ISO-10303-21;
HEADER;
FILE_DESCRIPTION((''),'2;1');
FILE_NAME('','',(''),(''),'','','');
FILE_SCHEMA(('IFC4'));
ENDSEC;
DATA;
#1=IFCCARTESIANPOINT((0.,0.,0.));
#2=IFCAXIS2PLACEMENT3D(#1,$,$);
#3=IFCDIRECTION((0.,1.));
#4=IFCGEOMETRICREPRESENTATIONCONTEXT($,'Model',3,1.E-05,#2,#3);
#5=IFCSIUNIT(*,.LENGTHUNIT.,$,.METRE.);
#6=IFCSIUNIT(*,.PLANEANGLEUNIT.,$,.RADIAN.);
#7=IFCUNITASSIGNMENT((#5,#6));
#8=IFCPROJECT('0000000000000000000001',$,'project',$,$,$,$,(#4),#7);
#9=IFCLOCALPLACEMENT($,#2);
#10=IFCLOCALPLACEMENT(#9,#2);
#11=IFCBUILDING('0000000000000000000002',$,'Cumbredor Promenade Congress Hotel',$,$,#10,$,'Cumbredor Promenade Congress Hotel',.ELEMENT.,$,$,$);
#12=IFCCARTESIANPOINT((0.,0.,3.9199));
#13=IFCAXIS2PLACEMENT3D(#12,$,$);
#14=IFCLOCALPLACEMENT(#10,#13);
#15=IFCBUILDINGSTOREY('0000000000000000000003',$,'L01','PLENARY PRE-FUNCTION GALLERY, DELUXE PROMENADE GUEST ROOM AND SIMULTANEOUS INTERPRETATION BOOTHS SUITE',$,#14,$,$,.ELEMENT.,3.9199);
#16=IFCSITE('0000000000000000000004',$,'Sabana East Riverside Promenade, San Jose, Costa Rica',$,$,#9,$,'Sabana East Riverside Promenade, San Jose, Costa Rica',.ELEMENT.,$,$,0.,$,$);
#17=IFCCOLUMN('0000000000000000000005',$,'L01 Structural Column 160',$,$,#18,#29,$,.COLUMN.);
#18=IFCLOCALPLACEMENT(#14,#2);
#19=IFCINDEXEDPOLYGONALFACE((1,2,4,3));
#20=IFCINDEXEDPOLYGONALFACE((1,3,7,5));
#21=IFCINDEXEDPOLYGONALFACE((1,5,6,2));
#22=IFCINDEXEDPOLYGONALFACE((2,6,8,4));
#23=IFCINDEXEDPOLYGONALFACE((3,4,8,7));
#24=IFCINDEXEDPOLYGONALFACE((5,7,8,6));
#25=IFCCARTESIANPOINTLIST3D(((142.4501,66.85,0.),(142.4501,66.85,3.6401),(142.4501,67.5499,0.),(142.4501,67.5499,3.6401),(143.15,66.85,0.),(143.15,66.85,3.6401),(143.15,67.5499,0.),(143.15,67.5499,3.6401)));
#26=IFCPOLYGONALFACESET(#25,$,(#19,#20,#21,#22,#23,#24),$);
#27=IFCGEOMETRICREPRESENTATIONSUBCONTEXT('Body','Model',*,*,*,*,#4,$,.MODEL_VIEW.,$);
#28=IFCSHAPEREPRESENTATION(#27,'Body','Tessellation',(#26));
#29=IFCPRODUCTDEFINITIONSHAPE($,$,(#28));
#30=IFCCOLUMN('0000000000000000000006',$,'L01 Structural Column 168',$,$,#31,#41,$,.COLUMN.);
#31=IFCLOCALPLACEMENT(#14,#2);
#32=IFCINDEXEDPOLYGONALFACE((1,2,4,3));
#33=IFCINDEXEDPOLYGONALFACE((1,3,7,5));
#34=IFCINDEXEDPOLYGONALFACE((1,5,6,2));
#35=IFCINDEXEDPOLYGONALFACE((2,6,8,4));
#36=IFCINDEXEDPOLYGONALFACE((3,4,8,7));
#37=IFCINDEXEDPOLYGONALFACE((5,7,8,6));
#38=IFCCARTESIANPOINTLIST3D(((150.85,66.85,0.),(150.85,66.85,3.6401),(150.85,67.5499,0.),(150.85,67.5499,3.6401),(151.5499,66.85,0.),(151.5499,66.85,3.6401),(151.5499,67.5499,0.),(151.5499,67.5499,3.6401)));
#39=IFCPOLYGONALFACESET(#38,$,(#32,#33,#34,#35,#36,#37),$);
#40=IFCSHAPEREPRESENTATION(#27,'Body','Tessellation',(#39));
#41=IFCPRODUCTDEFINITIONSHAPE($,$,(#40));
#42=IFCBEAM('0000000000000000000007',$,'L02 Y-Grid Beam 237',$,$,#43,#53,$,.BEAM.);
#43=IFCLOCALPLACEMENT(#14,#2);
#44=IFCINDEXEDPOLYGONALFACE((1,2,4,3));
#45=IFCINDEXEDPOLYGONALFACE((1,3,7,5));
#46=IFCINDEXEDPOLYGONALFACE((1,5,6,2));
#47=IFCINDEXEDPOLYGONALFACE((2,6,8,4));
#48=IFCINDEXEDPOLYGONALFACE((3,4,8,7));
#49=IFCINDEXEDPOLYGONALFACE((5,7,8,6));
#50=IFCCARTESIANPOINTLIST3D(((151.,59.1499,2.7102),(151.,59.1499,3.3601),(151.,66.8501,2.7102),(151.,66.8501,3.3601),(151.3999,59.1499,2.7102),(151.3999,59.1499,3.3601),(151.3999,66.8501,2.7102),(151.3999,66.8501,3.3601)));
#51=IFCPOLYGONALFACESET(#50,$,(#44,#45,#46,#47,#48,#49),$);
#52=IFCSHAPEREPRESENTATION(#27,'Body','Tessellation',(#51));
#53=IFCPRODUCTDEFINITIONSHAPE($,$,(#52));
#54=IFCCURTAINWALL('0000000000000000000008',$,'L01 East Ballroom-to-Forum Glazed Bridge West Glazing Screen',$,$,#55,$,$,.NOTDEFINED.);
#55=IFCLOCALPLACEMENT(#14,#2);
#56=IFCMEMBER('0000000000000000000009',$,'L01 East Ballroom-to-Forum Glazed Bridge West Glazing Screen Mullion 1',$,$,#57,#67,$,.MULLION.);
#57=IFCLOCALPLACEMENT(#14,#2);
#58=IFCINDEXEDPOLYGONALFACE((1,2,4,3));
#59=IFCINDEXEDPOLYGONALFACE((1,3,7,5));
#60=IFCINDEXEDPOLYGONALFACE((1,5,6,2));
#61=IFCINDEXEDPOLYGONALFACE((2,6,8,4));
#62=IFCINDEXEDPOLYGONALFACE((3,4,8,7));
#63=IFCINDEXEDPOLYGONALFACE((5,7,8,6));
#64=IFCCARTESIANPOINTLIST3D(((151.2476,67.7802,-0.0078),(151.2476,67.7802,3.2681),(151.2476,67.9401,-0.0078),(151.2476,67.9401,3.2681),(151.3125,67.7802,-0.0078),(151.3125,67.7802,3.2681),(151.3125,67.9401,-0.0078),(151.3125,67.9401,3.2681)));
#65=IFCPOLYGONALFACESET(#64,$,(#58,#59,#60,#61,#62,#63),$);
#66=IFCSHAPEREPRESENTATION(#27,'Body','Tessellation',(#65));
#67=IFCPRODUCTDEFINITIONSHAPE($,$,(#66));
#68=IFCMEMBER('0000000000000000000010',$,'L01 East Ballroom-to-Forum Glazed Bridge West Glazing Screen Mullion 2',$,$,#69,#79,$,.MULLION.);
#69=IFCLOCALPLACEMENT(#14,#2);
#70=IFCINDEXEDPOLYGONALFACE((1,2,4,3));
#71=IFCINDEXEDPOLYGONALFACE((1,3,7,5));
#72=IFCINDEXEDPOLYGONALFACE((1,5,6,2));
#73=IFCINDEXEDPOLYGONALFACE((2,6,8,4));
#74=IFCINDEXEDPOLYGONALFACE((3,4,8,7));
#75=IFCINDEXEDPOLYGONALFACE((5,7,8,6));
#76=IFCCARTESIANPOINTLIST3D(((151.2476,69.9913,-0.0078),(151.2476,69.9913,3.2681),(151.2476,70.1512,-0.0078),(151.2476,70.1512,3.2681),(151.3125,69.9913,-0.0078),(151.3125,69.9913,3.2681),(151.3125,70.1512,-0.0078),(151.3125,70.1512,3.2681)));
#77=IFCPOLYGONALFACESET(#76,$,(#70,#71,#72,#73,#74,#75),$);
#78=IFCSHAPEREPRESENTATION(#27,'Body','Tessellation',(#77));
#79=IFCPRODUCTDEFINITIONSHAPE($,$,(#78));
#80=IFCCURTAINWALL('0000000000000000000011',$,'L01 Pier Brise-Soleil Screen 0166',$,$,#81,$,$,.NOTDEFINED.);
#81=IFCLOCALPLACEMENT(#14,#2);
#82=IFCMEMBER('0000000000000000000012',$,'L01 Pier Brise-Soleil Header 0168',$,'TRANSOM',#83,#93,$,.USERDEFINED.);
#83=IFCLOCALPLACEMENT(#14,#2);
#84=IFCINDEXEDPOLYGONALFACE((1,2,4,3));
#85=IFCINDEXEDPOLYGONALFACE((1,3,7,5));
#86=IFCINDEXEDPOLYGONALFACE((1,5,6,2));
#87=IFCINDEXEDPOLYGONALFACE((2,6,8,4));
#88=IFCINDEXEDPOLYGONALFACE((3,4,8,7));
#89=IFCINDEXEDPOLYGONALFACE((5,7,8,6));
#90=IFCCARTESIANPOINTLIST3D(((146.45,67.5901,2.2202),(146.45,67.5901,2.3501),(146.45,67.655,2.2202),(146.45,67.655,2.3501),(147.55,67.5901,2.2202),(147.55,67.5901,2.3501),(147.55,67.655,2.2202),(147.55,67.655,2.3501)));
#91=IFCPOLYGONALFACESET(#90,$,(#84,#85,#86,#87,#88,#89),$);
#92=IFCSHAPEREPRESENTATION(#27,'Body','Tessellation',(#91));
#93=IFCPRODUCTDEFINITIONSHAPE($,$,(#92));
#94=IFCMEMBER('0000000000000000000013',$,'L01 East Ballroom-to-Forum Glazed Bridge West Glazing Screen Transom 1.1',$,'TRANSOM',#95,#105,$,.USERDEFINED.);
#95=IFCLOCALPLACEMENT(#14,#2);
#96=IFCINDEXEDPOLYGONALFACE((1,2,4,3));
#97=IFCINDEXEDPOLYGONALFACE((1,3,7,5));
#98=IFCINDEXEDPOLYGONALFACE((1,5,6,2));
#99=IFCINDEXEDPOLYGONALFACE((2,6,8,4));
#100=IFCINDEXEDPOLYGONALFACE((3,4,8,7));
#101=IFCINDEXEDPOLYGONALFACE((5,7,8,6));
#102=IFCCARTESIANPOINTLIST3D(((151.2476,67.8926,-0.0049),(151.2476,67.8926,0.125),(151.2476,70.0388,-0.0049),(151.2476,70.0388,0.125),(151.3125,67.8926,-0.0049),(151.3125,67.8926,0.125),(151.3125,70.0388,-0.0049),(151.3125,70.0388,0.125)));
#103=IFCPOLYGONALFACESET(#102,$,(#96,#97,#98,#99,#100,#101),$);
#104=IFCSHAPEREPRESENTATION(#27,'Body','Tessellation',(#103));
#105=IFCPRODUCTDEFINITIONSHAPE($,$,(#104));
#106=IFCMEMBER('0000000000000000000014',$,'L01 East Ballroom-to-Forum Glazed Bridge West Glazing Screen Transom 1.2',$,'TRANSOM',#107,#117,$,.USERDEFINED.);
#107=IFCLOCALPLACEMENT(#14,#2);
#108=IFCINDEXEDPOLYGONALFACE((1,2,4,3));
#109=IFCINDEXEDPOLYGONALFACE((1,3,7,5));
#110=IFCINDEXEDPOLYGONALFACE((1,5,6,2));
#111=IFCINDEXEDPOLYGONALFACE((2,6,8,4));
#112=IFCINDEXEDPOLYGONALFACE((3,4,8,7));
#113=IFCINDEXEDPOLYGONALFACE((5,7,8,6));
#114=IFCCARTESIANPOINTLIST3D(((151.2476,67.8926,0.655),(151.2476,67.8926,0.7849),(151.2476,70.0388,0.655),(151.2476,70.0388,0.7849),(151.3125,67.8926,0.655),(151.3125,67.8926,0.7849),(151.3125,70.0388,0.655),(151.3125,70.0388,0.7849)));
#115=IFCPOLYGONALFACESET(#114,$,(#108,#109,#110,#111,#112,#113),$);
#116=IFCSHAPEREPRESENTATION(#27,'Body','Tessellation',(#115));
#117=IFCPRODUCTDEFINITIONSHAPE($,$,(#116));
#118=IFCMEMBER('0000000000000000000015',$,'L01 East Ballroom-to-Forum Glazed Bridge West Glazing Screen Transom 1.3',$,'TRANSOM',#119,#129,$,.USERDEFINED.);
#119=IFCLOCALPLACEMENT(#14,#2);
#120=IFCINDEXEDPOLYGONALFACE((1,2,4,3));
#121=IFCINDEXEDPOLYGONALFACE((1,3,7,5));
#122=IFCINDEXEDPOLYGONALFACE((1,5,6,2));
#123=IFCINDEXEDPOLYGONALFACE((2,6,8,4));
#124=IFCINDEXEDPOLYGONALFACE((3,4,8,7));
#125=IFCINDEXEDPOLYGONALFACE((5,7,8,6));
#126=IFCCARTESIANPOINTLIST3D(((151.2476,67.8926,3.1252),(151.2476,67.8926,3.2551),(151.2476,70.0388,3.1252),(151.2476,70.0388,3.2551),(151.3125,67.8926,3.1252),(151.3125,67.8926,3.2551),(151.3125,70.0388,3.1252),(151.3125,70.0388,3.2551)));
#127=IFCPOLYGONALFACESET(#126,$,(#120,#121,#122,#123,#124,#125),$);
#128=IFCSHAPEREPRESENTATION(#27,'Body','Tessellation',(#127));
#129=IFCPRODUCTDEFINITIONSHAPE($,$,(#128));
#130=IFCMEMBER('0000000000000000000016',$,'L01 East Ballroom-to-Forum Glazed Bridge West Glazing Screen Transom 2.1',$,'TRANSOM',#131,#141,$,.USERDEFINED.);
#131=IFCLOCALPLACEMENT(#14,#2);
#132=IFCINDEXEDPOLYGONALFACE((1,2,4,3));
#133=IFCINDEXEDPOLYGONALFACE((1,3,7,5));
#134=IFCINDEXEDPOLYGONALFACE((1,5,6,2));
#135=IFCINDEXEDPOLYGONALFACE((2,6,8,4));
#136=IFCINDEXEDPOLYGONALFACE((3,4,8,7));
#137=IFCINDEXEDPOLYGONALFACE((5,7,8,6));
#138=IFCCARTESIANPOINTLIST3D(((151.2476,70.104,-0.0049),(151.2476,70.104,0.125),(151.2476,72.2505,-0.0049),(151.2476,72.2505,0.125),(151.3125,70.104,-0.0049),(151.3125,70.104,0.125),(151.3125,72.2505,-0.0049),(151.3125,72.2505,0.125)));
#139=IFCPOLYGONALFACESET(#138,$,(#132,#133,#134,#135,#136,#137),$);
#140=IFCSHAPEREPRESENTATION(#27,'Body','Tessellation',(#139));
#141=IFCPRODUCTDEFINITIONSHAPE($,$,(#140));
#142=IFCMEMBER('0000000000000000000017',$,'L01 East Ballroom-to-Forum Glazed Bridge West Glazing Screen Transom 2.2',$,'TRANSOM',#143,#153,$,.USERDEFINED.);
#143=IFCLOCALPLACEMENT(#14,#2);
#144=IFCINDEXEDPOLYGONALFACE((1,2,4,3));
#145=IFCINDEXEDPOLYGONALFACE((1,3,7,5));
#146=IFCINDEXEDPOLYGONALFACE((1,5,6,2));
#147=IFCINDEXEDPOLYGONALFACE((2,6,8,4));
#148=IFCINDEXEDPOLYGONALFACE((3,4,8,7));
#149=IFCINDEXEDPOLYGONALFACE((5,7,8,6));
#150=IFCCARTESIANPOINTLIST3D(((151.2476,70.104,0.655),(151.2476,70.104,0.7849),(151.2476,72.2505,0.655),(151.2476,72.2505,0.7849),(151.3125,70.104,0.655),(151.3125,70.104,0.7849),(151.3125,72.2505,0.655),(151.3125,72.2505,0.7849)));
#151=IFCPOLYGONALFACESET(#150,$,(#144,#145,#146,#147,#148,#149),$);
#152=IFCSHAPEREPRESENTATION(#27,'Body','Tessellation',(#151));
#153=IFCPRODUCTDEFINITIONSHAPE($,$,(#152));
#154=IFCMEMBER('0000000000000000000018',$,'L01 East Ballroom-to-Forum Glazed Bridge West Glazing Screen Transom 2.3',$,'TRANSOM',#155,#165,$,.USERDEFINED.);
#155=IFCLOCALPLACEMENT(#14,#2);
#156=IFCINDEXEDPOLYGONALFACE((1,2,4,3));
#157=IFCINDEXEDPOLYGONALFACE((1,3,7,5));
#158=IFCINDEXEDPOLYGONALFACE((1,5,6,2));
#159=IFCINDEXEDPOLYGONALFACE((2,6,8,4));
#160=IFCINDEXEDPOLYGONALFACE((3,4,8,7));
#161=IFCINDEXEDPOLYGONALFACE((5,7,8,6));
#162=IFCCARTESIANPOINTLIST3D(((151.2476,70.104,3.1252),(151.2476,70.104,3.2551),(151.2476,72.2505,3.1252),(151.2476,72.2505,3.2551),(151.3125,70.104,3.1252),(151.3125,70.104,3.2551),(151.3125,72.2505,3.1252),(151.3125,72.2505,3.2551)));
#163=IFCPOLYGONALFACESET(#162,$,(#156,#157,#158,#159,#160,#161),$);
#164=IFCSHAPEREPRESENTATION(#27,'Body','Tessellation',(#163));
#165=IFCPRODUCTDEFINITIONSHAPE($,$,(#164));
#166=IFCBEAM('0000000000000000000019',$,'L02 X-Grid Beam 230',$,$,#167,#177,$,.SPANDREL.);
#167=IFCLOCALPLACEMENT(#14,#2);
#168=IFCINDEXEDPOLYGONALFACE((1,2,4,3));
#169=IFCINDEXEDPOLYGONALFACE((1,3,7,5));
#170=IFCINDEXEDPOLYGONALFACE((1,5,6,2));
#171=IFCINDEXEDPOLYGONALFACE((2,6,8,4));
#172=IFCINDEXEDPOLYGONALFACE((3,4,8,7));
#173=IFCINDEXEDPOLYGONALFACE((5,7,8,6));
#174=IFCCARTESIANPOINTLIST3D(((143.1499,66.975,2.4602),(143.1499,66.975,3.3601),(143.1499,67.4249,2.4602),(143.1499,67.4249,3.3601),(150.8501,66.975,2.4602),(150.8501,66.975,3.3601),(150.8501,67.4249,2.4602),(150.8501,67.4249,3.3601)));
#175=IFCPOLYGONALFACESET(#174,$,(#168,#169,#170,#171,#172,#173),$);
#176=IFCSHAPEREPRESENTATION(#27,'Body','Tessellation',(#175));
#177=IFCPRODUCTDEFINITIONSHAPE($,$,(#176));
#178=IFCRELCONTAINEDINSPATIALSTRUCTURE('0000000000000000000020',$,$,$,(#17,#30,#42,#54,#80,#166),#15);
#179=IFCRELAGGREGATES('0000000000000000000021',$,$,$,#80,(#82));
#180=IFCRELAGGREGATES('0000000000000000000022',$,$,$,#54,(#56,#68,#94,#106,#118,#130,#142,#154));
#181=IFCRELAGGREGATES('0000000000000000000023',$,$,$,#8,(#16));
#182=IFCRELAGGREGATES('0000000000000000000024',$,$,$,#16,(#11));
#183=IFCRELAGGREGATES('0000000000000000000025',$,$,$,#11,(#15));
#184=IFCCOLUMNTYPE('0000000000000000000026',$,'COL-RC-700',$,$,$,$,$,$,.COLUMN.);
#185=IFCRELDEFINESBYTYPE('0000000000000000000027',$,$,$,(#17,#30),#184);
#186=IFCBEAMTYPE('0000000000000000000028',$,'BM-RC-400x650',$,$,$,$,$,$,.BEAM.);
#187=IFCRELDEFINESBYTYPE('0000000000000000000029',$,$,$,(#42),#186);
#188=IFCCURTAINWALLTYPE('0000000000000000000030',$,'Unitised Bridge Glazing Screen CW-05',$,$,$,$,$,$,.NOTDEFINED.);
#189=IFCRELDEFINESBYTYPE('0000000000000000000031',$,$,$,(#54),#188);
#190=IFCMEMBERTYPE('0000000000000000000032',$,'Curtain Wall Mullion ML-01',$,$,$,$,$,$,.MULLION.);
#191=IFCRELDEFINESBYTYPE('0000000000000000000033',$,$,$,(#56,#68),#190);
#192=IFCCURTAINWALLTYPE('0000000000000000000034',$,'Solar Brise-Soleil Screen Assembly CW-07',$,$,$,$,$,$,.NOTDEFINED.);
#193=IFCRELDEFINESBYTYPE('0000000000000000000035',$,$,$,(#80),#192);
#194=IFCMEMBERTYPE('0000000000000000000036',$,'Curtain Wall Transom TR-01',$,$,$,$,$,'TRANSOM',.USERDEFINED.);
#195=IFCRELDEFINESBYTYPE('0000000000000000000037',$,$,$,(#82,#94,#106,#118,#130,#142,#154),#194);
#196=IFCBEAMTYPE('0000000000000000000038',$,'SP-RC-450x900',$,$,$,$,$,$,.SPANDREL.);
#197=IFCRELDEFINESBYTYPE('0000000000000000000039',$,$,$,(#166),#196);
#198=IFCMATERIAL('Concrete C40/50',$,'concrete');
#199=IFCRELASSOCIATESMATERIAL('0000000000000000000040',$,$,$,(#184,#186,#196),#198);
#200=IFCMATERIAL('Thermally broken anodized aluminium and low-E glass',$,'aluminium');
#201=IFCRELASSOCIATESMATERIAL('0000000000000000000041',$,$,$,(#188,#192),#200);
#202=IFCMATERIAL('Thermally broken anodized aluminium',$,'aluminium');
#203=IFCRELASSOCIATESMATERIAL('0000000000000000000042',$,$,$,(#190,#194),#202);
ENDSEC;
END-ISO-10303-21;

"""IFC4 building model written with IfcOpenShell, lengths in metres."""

from ifc_helpers import new_model, si_unit, direction, frame, origin, origin_2d, place, context, subcontext, project, spatial, rectangle, extrude, material, material_profile, profile_set, type_object, element, aggregate, save


model = new_model("IFC4")

# Units and contexts
model_context = context("Model", 3, precision=1e-05, world=origin(), true_north=direction((0.0, 1.0)))
body_context = subcontext(model_context, "Body", "Model", "MODEL_VIEW")
ifc_project = project(units=[si_unit("LENGTHUNIT", "METRE"), si_unit("PLANEANGLEUNIT", "RADIAN")], contexts=[model_context])

# Site, building, storey
site_placement = place(None, origin())
site = spatial("IfcSite", under=ifc_project, at=site_placement, Name="Sabana East Riverside Promenade, San Jose, Costa Rica", LongName="Sabana East Riverside Promenade, San Jose, Costa Rica", CompositionType="ELEMENT", RefElevation=0.0)
building_placement = place(site_placement, origin())
building = spatial("IfcBuilding", under=site, at=building_placement, Name="Cumbredor Promenade Congress Hotel", LongName="Cumbredor Promenade Congress Hotel", CompositionType="ELEMENT")
storey_placement = place(building_placement, frame((0.0, 0.0, 3.9199)))
storey = spatial("IfcBuildingStorey", under=building, at=storey_placement, Name="L01", Description="PLENARY PRE-FUNCTION GALLERY, DELUXE PROMENADE GUEST ROOM AND SIMULTANEOUS INTERPRETATION BOOTHS SUITE", CompositionType="ELEMENT", Elevation=3.9199)

# Columns
ifc_material_1 = material(Name="Concrete C40/50", Category="concrete")
ifc_material_profile_1 = material_profile(ifc_material_1, rectangle(XDim=0.7, YDim=0.7, at=origin_2d()), Name="RC 700x700")
ifc_profile_set_1 = profile_set([ifc_material_profile_1], Name="Concrete C40/50")
column_type = type_object("IfcColumnType", Name="COL-RC-700", PredefinedType="COLUMN", material=ifc_profile_set_1)
for number, where, z_axis, x_axis, name in (
    (1, (142.8, 67.2, 0.0), (0.0, 0.0, 1.0), (1.0, 0.0, 0.0), "L01 Structural Column 160"),
    (2, (151.2, 67.2, 0.0), (0.0, 0.0, 1.0), (1.0, 0.0, 0.0), "L01 Structural Column 168"),
):
    element("IfcColumn", number, at=place(storey_placement, frame(where, z_axis=z_axis, x_axis=x_axis)), inside=storey, type_object=column_type, Name=name, PredefinedType="COLUMN", context=body_context, shape_type="SweptSolid", body=[
        extrude(rectangle(XDim=0.7, YDim=0.7, at=origin_2d()), origin(), (0.0, 0.0, 1.0), 3.6401),
    ])

# Beam
ifc_material_profile_2 = material_profile(ifc_material_1, rectangle(XDim=0.3999, YDim=0.6499, at=origin_2d()), Name="RC BEAM 400x650")
ifc_profile_set_2 = profile_set([ifc_material_profile_2], Name="Concrete C40/50")
beam_type_1 = type_object("IfcBeamType", Name="BM-RC-400x650", PredefinedType="BEAM", material=ifc_profile_set_2)
beam_1_placement = place(storey_placement, frame((151.2, 59.1499, 3.0352), z_axis=(0.0, 1.0, 0.0), x_axis=(-1.0, 0.0, 0.0)))
element("IfcBeam", 3, at=beam_1_placement, inside=storey, type_object=beam_type_1, Name="L02 Y-Grid Beam 237", PredefinedType="BEAM", context=body_context, shape_type="SweptSolid", body=[
    extrude(rectangle(XDim=0.3999, YDim=0.6499, at=origin_2d()), origin(), (0.0, 0.0, 1.0), 7.7002),
])

# Curtain wall, members
ifc_material_2 = material(Name="Thermally broken anodized aluminium and low-E glass", Category="aluminium")
curtain_wall_type_1 = type_object("IfcCurtainWallType", Name="Unitised Bridge Glazing Screen CW-05", PredefinedType="NOTDEFINED", material=ifc_material_2)
curtain_wall_1_placement = place(storey_placement, origin())
curtain_wall_1 = element("IfcCurtainWall", 4, at=curtain_wall_1_placement, inside=storey, type_object=curtain_wall_type_1, Name="L01 East Ballroom-to-Forum Glazed Bridge West Glazing Screen", PredefinedType="NOTDEFINED")
ifc_material_3 = material(Name="Thermally broken anodized aluminium", Category="aluminium")
ifc_material_profile_3 = material_profile(ifc_material_3, rectangle(XDim=0.0649, YDim=0.1599, at=origin_2d()), Name="ALU MULLION 65x160")
ifc_profile_set_3 = profile_set([ifc_material_profile_3], Name="Thermally broken anodized aluminium")
member_type_1 = type_object("IfcMemberType", Name="Curtain Wall Mullion ML-01", PredefinedType="MULLION", material=ifc_profile_set_3)
member_1_placement = place(storey_placement, frame((151.28, 67.8601, -0.0078), z_axis=(0.0, 0.0, 1.0), x_axis=(1.0, 0.0, 0.0)))
member_1 = element("IfcMember", 5, at=member_1_placement, type_object=member_type_1, Name="L01 East Ballroom-to-Forum Glazed Bridge West Glazing Screen Mullion 1", PredefinedType="MULLION", context=body_context, shape_type="SweptSolid", body=[
    extrude(rectangle(XDim=0.0649, YDim=0.1599, at=origin_2d()), origin(), (0.0, 0.0, 1.0), 3.2759),
])
member_2_placement = place(storey_placement, frame((151.28, 70.0713, -0.0078), z_axis=(0.0, 0.0, 1.0), x_axis=(1.0, 0.0, 0.0)))
member_2 = element("IfcMember", 6, at=member_2_placement, type_object=member_type_1, Name="L01 East Ballroom-to-Forum Glazed Bridge West Glazing Screen Mullion 2", PredefinedType="MULLION", context=body_context, shape_type="SweptSolid", body=[
    extrude(rectangle(XDim=0.0649, YDim=0.1599, at=origin_2d()), origin(), (0.0, 0.0, 1.0), 3.2759),
])

# Curtain wall, member
curtain_wall_type_2 = type_object("IfcCurtainWallType", Name="Solar Brise-Soleil Screen Assembly CW-07", PredefinedType="NOTDEFINED", material=ifc_material_2)
curtain_wall_2_placement = place(storey_placement, origin())
curtain_wall_2 = element("IfcCurtainWall", 7, at=curtain_wall_2_placement, inside=storey, type_object=curtain_wall_type_2, Name="L01 Pier Brise-Soleil Screen 0166", PredefinedType="NOTDEFINED")
ifc_material_profile_4 = material_profile(ifc_material_3, rectangle(XDim=0.0649, YDim=0.1299, at=origin_2d()), Name="ALU TRANSOM 65x130")
ifc_profile_set_4 = profile_set([ifc_material_profile_4], Name="Thermally broken anodized aluminium")
member_type_2 = type_object("IfcMemberType", Name="Curtain Wall Transom TR-01", ElementType="TRANSOM", PredefinedType="USERDEFINED", material=ifc_profile_set_4)
member_3_placement = place(storey_placement, frame((146.45, 67.6226, 2.2852), z_axis=(1.0, 0.0, 0.0), x_axis=(0.0, 1.0, 0.0)))
member_3 = element("IfcMember", 8, at=member_3_placement, type_object=member_type_2, Name="L01 Pier Brise-Soleil Header 0168", ObjectType="TRANSOM", PredefinedType="USERDEFINED", context=body_context, shape_type="SweptSolid", body=[
    extrude(rectangle(XDim=0.0649, YDim=0.1299, at=origin_2d()), origin(), (0.0, 0.0, 1.0), 1.1001),
])

# Members
member_4_placement = place(storey_placement, frame((151.28, 67.8926, 0.0601), z_axis=(0.0, 1.0, 0.0), x_axis=(-1.0, 0.0, 0.0)))
member_4 = element("IfcMember", 9, at=member_4_placement, type_object=member_type_2, Name="L01 East Ballroom-to-Forum Glazed Bridge West Glazing Screen Transom 1.1", ObjectType="TRANSOM", PredefinedType="USERDEFINED", context=body_context, shape_type="SweptSolid", body=[
    extrude(rectangle(XDim=0.0649, YDim=0.1299, at=origin_2d()), origin(), (0.0, 0.0, 1.0), 2.1462),
])
member_5_placement = place(storey_placement, frame((151.28, 67.8926, 0.72), z_axis=(0.0, 1.0, 0.0), x_axis=(-1.0, 0.0, 0.0)))
member_5 = element("IfcMember", 10, at=member_5_placement, type_object=member_type_2, Name="L01 East Ballroom-to-Forum Glazed Bridge West Glazing Screen Transom 1.2", ObjectType="TRANSOM", PredefinedType="USERDEFINED", context=body_context, shape_type="SweptSolid", body=[
    extrude(rectangle(XDim=0.0649, YDim=0.1299, at=origin_2d()), origin(), (0.0, 0.0, 1.0), 2.1462),
])
member_6_placement = place(storey_placement, frame((151.28, 67.8926, 3.1902), z_axis=(0.0, 1.0, 0.0), x_axis=(-1.0, 0.0, 0.0)))
member_6 = element("IfcMember", 11, at=member_6_placement, type_object=member_type_2, Name="L01 East Ballroom-to-Forum Glazed Bridge West Glazing Screen Transom 1.3", ObjectType="TRANSOM", PredefinedType="USERDEFINED", context=body_context, shape_type="SweptSolid", body=[
    extrude(rectangle(XDim=0.0649, YDim=0.1299, at=origin_2d()), origin(), (0.0, 0.0, 1.0), 2.1462),
])
member_7_placement = place(storey_placement, frame((151.28, 70.104, 0.0601), z_axis=(0.0, 1.0, 0.0), x_axis=(-1.0, 0.0, 0.0)))
member_7 = element("IfcMember", 12, at=member_7_placement, type_object=member_type_2, Name="L01 East Ballroom-to-Forum Glazed Bridge West Glazing Screen Transom 2.1", ObjectType="TRANSOM", PredefinedType="USERDEFINED", context=body_context, shape_type="SweptSolid", body=[
    extrude(rectangle(XDim=0.0649, YDim=0.1299, at=origin_2d()), origin(), (0.0, 0.0, 1.0), 2.1465),
])
member_8_placement = place(storey_placement, frame((151.28, 70.104, 0.72), z_axis=(0.0, 1.0, 0.0), x_axis=(-1.0, 0.0, 0.0)))
member_8 = element("IfcMember", 13, at=member_8_placement, type_object=member_type_2, Name="L01 East Ballroom-to-Forum Glazed Bridge West Glazing Screen Transom 2.2", ObjectType="TRANSOM", PredefinedType="USERDEFINED", context=body_context, shape_type="SweptSolid", body=[
    extrude(rectangle(XDim=0.0649, YDim=0.1299, at=origin_2d()), origin(), (0.0, 0.0, 1.0), 2.1465),
])
member_9_placement = place(storey_placement, frame((151.28, 70.104, 3.1902), z_axis=(0.0, 1.0, 0.0), x_axis=(-1.0, 0.0, 0.0)))
member_9 = element("IfcMember", 14, at=member_9_placement, type_object=member_type_2, Name="L01 East Ballroom-to-Forum Glazed Bridge West Glazing Screen Transom 2.3", ObjectType="TRANSOM", PredefinedType="USERDEFINED", context=body_context, shape_type="SweptSolid", body=[
    extrude(rectangle(XDim=0.0649, YDim=0.1299, at=origin_2d()), origin(), (0.0, 0.0, 1.0), 2.1465),
])

# Beam
ifc_material_profile_5 = material_profile(ifc_material_1, rectangle(XDim=0.45, YDim=0.8999, at=origin_2d()), Name="RC SPANDREL 450x900")
ifc_profile_set_5 = profile_set([ifc_material_profile_5], Name="Concrete C40/50")
beam_type_2 = type_object("IfcBeamType", Name="SP-RC-450x900", PredefinedType="SPANDREL", material=ifc_profile_set_5)
beam_2_placement = place(storey_placement, frame((143.1499, 67.2, 2.9102), z_axis=(1.0, 0.0, 0.0), x_axis=(0.0, 1.0, 0.0)))
element("IfcBeam", 15, at=beam_2_placement, inside=storey, type_object=beam_type_2, Name="L02 X-Grid Beam 230", PredefinedType="SPANDREL", context=body_context, shape_type="SweptSolid", body=[
    extrude(rectangle(XDim=0.45, YDim=0.8999, at=origin_2d()), origin(), (0.0, 0.0, 1.0), 7.7002),
])

aggregate(curtain_wall_2, [member_3])

aggregate(curtain_wall_1, [member_1, member_2, member_4, member_5, member_6, member_7, member_8, member_9])

save(model, "model.ifc")
